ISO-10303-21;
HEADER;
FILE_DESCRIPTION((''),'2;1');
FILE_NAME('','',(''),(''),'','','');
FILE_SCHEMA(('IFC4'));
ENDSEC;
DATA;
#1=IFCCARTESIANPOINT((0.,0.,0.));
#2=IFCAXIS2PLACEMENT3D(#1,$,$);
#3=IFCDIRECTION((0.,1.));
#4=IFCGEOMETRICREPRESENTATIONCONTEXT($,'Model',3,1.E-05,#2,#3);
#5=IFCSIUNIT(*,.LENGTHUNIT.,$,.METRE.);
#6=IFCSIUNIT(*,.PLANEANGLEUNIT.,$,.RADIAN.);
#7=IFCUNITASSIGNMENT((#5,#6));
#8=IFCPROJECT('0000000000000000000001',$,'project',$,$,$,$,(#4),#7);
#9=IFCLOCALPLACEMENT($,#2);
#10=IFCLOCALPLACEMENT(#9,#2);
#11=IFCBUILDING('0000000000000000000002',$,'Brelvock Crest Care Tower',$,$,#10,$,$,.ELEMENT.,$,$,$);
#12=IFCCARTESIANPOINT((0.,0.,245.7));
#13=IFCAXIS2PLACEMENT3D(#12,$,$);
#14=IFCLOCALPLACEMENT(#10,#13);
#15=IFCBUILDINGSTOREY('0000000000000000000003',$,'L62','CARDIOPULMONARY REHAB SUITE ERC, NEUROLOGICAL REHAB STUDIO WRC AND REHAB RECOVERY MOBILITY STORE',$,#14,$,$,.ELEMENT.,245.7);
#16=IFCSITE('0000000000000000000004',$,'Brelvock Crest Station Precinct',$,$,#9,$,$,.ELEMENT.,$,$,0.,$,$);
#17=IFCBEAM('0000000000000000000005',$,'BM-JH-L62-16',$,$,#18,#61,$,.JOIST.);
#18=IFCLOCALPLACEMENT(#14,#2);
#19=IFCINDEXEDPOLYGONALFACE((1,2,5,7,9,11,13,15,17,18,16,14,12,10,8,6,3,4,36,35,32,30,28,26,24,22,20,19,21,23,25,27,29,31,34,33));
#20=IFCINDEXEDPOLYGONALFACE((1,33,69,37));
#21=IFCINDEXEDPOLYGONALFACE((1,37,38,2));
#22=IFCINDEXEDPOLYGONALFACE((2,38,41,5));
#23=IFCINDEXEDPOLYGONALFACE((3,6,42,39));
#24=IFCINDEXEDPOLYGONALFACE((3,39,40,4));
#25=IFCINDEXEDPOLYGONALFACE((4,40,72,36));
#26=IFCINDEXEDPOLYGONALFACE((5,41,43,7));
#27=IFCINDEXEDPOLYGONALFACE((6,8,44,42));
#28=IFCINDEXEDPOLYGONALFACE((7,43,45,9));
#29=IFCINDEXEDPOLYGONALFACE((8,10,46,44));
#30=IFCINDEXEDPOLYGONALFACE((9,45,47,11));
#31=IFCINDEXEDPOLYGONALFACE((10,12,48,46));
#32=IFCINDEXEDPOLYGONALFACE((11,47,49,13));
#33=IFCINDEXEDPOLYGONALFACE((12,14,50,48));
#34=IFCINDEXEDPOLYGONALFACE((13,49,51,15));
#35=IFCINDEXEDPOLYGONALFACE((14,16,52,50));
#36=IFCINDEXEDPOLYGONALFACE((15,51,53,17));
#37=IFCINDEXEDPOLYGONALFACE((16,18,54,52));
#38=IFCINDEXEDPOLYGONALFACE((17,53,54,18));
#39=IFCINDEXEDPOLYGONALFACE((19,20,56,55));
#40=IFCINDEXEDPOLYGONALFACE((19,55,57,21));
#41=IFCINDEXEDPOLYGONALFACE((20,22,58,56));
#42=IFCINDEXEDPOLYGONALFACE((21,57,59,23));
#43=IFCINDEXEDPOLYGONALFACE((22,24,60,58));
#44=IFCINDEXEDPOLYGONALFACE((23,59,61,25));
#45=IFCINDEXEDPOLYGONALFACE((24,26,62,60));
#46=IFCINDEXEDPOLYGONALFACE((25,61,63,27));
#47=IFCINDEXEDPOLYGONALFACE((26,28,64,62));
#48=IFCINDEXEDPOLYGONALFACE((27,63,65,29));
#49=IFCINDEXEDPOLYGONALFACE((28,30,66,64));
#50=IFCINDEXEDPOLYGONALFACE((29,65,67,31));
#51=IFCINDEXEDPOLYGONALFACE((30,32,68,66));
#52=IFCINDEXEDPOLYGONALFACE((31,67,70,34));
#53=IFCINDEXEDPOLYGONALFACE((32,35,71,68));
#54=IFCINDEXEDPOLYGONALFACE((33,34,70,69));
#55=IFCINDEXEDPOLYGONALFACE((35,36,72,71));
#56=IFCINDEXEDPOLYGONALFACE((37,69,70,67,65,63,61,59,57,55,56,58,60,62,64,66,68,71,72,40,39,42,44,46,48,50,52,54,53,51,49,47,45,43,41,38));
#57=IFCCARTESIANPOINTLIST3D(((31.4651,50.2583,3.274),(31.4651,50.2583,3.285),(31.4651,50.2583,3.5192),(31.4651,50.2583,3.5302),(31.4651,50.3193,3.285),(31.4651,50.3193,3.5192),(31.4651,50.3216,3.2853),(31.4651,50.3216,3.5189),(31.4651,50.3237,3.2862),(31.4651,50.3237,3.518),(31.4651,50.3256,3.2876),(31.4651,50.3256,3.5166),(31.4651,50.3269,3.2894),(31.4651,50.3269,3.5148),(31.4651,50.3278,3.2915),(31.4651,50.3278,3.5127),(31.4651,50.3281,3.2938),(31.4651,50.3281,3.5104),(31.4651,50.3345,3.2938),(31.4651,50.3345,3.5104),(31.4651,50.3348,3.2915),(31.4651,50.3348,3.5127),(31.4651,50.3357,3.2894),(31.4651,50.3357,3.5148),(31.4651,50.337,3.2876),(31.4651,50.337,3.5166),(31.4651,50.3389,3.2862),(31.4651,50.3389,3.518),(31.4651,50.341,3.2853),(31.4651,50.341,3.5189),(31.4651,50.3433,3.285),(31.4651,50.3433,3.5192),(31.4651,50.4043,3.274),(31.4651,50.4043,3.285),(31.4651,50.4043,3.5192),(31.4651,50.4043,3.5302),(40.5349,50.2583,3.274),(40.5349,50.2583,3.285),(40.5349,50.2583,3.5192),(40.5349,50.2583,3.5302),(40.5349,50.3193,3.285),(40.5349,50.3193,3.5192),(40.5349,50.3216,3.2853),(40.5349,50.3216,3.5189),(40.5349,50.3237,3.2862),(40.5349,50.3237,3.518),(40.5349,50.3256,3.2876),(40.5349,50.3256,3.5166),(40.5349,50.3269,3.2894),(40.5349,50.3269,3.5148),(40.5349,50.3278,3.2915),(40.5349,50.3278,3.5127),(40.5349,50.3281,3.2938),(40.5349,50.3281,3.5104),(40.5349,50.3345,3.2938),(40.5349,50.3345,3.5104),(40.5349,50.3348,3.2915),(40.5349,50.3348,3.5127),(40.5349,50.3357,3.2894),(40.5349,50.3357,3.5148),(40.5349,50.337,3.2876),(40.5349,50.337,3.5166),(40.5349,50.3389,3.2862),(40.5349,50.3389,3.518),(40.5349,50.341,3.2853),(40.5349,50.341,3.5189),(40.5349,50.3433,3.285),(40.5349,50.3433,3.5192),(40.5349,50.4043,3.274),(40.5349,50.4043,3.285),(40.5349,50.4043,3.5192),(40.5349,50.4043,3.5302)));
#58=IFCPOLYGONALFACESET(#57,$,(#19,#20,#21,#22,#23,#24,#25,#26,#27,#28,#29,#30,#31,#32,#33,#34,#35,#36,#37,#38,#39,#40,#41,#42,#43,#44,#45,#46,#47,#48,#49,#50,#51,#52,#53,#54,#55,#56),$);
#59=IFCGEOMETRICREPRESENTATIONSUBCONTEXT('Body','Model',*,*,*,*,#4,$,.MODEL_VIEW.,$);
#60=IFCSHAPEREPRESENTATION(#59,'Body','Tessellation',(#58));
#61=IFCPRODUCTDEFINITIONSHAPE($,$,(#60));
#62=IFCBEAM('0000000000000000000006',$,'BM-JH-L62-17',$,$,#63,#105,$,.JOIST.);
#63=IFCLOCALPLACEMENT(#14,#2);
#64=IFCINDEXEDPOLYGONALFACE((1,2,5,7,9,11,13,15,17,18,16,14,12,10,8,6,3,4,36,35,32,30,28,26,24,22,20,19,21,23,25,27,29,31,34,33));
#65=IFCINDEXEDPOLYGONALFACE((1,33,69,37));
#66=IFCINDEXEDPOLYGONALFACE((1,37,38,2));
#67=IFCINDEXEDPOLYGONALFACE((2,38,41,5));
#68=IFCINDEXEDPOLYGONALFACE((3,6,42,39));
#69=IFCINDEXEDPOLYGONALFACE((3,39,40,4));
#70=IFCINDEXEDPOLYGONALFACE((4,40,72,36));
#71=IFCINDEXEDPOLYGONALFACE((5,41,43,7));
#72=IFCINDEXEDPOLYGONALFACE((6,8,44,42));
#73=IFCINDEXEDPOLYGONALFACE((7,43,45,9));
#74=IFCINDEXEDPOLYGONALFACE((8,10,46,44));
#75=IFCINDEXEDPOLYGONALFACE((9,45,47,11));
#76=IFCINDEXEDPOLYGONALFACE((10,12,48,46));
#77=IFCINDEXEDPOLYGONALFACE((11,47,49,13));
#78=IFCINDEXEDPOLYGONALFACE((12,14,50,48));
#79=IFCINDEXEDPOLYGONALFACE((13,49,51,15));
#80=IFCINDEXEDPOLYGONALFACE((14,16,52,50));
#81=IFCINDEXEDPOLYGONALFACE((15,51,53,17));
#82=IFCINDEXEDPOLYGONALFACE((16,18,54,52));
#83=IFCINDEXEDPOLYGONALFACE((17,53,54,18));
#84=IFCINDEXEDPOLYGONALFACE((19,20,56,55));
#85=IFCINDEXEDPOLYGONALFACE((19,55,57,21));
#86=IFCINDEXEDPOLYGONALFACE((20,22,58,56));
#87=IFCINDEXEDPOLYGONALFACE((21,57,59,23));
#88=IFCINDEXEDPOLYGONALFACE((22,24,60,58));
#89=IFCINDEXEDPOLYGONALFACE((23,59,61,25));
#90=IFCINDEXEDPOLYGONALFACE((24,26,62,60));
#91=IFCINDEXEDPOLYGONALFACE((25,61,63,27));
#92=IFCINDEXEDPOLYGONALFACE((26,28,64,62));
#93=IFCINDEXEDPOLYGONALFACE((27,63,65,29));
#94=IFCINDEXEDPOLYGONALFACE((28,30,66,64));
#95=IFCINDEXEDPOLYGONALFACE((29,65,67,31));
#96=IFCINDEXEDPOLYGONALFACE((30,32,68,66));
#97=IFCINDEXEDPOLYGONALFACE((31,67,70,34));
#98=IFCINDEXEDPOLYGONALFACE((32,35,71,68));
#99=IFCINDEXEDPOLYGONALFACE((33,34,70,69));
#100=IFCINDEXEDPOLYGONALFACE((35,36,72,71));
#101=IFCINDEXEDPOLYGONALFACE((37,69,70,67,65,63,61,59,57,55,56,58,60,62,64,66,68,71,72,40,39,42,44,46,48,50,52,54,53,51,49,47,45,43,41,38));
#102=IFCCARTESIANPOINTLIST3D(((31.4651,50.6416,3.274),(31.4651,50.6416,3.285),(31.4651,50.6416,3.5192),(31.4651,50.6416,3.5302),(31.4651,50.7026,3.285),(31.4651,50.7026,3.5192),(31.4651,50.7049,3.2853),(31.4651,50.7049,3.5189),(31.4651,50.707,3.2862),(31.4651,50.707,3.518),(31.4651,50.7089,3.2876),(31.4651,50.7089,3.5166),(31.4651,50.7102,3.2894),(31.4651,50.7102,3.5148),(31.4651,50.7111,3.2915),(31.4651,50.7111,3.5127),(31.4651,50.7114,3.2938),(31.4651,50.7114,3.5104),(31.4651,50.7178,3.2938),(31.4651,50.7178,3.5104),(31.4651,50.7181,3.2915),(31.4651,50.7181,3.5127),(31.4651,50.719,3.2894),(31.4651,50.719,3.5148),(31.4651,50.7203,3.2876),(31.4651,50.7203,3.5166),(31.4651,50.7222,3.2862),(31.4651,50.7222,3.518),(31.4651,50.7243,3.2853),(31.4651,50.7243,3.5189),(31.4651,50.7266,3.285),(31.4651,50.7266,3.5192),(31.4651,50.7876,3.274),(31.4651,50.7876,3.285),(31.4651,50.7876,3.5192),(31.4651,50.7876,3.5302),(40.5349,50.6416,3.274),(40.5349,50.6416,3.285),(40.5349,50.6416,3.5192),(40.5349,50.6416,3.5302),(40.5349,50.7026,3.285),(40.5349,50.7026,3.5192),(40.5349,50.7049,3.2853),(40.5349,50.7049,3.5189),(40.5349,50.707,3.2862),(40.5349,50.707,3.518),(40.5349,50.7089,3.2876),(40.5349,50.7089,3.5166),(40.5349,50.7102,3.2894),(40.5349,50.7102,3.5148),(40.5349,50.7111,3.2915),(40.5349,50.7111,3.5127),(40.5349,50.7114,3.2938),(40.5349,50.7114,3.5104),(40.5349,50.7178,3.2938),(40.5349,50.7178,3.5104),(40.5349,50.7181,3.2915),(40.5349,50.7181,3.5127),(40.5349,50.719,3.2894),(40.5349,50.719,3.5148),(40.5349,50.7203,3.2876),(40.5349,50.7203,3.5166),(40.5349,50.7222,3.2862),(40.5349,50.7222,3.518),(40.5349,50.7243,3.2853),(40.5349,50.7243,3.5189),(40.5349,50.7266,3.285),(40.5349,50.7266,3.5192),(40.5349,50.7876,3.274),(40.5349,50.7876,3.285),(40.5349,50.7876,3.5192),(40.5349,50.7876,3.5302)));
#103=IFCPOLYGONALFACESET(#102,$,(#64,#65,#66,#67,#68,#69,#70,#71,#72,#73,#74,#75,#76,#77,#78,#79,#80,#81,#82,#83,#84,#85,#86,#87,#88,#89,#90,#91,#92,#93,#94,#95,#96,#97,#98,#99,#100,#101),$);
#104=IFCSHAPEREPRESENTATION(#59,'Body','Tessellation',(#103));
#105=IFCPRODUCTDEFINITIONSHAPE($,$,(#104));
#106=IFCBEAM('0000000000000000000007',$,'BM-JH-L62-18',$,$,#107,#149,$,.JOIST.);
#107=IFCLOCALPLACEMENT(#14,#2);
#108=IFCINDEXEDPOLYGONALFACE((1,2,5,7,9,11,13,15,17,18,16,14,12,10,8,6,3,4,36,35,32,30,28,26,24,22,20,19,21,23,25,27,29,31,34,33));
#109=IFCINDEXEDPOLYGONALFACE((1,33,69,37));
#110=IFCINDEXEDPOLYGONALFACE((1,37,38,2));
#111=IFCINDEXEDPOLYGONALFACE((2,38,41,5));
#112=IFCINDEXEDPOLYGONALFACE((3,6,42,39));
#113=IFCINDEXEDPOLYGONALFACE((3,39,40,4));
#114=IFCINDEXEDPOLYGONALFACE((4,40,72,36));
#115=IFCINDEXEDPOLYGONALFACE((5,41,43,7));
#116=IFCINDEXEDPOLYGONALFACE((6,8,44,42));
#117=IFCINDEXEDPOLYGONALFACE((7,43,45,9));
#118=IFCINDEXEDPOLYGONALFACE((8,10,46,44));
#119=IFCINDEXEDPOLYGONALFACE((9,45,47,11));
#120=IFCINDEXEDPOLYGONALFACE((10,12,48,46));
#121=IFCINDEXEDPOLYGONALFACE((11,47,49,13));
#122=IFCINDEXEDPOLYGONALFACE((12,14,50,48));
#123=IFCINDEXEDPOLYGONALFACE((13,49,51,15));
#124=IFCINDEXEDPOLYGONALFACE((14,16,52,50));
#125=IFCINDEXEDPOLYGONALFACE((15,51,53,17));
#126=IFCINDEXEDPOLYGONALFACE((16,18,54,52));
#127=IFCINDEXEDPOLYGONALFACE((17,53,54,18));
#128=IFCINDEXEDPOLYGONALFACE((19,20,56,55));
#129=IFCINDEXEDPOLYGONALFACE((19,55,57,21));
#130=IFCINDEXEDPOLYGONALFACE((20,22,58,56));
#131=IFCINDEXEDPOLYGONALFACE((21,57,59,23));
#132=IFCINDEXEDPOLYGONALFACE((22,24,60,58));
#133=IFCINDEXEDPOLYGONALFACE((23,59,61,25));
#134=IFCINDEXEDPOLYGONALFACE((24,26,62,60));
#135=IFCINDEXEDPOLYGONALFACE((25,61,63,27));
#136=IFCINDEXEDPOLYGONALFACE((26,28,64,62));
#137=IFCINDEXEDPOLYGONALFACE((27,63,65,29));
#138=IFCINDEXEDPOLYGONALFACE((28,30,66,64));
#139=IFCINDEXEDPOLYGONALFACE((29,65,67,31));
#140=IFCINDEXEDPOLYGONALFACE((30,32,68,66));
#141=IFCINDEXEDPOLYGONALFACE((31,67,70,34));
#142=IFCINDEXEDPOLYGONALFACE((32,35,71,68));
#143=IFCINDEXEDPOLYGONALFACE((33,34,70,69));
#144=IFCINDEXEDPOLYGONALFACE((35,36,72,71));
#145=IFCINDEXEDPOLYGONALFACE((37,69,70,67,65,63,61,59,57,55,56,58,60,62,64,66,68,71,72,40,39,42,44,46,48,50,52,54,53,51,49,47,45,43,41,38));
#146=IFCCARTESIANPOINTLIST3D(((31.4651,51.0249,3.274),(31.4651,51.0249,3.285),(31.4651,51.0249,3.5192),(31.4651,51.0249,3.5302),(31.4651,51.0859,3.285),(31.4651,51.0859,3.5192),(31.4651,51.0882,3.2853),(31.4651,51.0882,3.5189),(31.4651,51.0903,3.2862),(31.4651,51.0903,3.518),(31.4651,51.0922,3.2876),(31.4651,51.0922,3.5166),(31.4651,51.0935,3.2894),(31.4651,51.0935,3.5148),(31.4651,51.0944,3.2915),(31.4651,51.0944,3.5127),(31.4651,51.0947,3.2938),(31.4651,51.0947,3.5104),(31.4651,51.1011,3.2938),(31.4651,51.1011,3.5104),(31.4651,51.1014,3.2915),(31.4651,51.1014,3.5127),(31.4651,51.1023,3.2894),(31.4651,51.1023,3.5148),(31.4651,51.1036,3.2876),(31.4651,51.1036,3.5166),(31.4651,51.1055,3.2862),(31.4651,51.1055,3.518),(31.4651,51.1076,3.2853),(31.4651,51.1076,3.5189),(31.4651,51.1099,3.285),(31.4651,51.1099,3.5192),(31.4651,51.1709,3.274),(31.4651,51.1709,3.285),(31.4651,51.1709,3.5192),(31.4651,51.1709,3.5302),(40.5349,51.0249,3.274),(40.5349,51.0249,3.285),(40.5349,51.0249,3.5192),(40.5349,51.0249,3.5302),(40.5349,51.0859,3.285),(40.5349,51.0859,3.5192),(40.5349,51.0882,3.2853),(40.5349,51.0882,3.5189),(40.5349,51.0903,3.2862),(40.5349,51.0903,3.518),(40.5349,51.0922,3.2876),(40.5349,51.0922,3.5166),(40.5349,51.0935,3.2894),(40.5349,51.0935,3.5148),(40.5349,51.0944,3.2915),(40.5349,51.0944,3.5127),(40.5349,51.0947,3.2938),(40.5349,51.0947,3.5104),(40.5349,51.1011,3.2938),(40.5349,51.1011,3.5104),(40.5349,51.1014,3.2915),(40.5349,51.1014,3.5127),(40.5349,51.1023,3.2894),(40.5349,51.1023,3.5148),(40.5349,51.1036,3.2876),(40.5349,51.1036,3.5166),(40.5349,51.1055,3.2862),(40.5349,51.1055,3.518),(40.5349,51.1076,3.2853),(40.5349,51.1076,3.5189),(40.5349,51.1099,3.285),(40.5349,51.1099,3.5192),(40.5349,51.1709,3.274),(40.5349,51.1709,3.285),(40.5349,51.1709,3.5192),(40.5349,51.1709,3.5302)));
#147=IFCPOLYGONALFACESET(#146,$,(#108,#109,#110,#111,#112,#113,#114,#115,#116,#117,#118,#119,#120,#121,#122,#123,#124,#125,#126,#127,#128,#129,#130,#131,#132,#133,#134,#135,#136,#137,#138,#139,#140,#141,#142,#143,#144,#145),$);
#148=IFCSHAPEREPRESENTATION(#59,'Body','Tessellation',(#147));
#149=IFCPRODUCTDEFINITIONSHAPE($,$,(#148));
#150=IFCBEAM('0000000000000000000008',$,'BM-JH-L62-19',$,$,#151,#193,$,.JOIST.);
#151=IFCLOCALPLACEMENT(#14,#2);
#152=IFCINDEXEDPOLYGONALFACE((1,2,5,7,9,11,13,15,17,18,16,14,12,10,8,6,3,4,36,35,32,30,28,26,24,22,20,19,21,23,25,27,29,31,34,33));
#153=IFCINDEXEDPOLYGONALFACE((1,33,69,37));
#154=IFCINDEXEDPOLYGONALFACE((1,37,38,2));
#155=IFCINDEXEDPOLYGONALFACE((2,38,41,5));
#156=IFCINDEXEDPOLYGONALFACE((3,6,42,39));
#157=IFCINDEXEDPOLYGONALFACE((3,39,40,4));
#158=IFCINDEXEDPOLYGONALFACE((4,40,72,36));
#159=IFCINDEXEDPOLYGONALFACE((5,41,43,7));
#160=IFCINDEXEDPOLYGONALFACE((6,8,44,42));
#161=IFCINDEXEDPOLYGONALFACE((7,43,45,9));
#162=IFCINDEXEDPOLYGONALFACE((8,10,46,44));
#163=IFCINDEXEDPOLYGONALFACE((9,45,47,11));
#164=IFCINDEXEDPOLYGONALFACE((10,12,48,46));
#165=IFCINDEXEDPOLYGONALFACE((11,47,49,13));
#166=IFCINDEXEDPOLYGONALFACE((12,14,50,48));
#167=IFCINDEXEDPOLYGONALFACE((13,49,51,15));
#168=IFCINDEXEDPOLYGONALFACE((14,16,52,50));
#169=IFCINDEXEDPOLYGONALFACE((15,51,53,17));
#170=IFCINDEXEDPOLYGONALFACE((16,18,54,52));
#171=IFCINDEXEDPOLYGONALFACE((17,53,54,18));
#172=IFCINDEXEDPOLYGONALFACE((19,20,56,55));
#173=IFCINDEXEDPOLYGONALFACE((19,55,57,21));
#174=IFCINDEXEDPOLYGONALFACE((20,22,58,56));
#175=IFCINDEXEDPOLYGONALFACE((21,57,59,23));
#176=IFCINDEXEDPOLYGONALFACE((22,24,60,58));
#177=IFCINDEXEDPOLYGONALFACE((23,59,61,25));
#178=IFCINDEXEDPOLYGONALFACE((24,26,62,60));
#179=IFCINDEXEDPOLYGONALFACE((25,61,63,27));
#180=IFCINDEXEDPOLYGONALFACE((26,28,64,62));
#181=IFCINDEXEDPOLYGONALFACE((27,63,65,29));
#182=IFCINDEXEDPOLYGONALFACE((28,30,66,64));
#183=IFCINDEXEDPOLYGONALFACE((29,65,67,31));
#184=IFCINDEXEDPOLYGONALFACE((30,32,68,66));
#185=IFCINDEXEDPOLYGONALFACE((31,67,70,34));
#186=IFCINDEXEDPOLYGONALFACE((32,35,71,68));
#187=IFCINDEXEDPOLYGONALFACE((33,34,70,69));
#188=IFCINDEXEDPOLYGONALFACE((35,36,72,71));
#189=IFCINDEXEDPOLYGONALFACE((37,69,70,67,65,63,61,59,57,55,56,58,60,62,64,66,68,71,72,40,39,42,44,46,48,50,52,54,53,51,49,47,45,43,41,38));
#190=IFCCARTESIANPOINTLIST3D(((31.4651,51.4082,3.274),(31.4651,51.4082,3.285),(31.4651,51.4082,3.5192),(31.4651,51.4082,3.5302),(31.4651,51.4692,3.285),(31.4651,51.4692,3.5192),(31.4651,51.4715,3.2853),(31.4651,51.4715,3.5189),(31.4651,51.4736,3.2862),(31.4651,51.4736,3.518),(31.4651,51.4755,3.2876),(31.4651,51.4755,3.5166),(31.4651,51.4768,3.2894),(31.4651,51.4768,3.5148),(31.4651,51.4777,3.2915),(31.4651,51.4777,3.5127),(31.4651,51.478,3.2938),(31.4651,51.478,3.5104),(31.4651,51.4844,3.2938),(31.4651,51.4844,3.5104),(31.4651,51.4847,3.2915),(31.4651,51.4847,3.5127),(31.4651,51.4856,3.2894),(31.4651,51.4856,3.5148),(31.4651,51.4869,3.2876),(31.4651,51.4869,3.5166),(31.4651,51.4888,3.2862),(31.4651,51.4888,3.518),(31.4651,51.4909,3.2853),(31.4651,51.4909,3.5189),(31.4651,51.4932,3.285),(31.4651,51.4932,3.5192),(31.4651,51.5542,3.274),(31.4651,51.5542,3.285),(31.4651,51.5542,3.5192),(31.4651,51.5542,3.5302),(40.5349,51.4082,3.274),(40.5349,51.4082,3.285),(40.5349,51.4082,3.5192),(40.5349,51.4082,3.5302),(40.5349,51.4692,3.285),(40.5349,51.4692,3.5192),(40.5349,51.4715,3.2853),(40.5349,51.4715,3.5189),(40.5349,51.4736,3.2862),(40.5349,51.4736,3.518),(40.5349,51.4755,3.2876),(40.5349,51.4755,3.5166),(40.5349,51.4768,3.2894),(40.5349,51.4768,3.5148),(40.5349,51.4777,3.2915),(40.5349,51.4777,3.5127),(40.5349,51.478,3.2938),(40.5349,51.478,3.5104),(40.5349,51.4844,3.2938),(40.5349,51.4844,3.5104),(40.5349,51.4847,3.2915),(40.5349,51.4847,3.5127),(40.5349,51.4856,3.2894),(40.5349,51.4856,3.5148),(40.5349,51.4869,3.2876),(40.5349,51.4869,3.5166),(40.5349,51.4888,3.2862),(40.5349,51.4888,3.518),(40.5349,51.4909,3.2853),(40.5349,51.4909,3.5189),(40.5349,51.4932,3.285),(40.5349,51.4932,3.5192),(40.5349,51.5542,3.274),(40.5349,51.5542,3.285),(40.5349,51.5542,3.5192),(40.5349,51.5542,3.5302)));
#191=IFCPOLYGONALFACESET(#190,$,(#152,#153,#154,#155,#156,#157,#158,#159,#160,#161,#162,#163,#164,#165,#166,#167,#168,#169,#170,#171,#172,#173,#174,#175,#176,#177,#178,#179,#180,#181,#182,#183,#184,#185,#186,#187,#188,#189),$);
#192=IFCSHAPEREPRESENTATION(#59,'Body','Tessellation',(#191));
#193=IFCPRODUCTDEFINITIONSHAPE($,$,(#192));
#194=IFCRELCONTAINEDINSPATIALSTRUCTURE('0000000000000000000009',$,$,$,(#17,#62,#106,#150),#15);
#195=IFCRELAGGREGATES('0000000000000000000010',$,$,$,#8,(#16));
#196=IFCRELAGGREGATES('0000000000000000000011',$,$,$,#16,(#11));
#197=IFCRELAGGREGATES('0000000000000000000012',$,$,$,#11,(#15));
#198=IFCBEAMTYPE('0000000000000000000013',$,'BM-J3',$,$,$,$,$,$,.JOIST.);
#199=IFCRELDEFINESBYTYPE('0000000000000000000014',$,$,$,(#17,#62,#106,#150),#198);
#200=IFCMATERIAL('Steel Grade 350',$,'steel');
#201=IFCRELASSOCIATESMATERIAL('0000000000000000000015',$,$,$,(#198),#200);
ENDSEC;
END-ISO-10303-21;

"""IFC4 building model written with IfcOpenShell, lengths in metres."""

from ifc_helpers import new_model, si_unit, direction, frame, origin, origin_2d, place, context, subcontext, project, spatial, i_section, extrude, source, transform, mapped, material, material_profile, profile_set, type_object, element, save


model = new_model("IFC4")

# Units and contexts
model_context = context("Model", 3, precision=1e-05, world=origin(), true_north=direction((0.0, 1.0)))
body_context = subcontext(model_context, "Body", "Model", "MODEL_VIEW")
ifc_project = project(units=[si_unit("LENGTHUNIT", "METRE"), si_unit("PLANEANGLEUNIT", "RADIAN")], contexts=[model_context])

# Site, building, storey
site_placement = place(None, origin())
site = spatial("IfcSite", under=ifc_project, at=site_placement, Name="Brelvock Crest Station Precinct", CompositionType="ELEMENT", RefElevation=0.0)
building_placement = place(site_placement, origin())
building = spatial("IfcBuilding", under=site, at=building_placement, Name="Brelvock Crest Care Tower", CompositionType="ELEMENT")
storey_placement = place(building_placement, frame((0.0, 0.0, 245.7)))
storey = spatial("IfcBuildingStorey", under=building, at=storey_placement, Name="L62", Description="CARDIOPULMONARY REHAB SUITE ERC, NEUROLOGICAL REHAB STUDIO WRC AND REHAB RECOVERY MOBILITY STORE", CompositionType="ELEMENT", Elevation=245.7)

# Beams
ifc_material_1 = material(Name="Steel Grade 350", Category="steel")
ifc_material_profile_1 = material_profile(ifc_material_1, i_section(OverallWidth=0.146, OverallDepth=0.2561, WebThickness=0.0063, FlangeThickness=0.011, FilletRadius=0.0088, at=origin_2d()), Name="250UB37.3")
ifc_profile_set_1 = profile_set([ifc_material_profile_1], Name="Steel Grade 350")
beam_type_1 = type_object("IfcBeamType", Name="BM-J3", PredefinedType="JOIST", material=ifc_profile_set_1)
shared_shape_1 = source(origin(), body_context, "Body", "SweptSolid", [
    extrude(i_section(OverallWidth=0.146, OverallDepth=0.2561, WebThickness=0.0063, FlangeThickness=0.011, FilletRadius=0.0088, at=origin_2d()), origin(), (0.0, 0.0, 1.0), 9.0698),
])
for number, where, z_axis, x_axis, name in (
    (1, (31.4651, 50.3313, 3.4021), (1.0, 0.0, 0.0), (0.0, 1.0, 0.0), "BM-JH-L62-16"),
    (2, (31.4651, 50.7146, 3.4021), (1.0, 0.0, 0.0), (0.0, 1.0, 0.0), "BM-JH-L62-17"),
    (3, (31.4651, 51.0979, 3.4021), (1.0, 0.0, 0.0), (0.0, 1.0, 0.0), "BM-JH-L62-18"),
    (4, (31.4651, 51.4812, 3.4021), (1.0, 0.0, 0.0), (0.0, 1.0, 0.0), "BM-JH-L62-19"),
):
    element("IfcBeam", number, at=place(storey_placement, frame(where, z_axis=z_axis, x_axis=x_axis)), inside=storey, type_object=beam_type_1, Name=name, PredefinedType="JOIST", context=body_context, shape_type="MappedRepresentation", body=[
        mapped(shared_shape_1, transform((0.0, 0.0, 0.0), x_axis=(1.0, 0.0, 0.0), y_axis=(0.0, 1.0, 0.0), z_axis=(0.0, 0.0, 1.0), scale=1.0)),
    ])

save(model, "model.ifc")
